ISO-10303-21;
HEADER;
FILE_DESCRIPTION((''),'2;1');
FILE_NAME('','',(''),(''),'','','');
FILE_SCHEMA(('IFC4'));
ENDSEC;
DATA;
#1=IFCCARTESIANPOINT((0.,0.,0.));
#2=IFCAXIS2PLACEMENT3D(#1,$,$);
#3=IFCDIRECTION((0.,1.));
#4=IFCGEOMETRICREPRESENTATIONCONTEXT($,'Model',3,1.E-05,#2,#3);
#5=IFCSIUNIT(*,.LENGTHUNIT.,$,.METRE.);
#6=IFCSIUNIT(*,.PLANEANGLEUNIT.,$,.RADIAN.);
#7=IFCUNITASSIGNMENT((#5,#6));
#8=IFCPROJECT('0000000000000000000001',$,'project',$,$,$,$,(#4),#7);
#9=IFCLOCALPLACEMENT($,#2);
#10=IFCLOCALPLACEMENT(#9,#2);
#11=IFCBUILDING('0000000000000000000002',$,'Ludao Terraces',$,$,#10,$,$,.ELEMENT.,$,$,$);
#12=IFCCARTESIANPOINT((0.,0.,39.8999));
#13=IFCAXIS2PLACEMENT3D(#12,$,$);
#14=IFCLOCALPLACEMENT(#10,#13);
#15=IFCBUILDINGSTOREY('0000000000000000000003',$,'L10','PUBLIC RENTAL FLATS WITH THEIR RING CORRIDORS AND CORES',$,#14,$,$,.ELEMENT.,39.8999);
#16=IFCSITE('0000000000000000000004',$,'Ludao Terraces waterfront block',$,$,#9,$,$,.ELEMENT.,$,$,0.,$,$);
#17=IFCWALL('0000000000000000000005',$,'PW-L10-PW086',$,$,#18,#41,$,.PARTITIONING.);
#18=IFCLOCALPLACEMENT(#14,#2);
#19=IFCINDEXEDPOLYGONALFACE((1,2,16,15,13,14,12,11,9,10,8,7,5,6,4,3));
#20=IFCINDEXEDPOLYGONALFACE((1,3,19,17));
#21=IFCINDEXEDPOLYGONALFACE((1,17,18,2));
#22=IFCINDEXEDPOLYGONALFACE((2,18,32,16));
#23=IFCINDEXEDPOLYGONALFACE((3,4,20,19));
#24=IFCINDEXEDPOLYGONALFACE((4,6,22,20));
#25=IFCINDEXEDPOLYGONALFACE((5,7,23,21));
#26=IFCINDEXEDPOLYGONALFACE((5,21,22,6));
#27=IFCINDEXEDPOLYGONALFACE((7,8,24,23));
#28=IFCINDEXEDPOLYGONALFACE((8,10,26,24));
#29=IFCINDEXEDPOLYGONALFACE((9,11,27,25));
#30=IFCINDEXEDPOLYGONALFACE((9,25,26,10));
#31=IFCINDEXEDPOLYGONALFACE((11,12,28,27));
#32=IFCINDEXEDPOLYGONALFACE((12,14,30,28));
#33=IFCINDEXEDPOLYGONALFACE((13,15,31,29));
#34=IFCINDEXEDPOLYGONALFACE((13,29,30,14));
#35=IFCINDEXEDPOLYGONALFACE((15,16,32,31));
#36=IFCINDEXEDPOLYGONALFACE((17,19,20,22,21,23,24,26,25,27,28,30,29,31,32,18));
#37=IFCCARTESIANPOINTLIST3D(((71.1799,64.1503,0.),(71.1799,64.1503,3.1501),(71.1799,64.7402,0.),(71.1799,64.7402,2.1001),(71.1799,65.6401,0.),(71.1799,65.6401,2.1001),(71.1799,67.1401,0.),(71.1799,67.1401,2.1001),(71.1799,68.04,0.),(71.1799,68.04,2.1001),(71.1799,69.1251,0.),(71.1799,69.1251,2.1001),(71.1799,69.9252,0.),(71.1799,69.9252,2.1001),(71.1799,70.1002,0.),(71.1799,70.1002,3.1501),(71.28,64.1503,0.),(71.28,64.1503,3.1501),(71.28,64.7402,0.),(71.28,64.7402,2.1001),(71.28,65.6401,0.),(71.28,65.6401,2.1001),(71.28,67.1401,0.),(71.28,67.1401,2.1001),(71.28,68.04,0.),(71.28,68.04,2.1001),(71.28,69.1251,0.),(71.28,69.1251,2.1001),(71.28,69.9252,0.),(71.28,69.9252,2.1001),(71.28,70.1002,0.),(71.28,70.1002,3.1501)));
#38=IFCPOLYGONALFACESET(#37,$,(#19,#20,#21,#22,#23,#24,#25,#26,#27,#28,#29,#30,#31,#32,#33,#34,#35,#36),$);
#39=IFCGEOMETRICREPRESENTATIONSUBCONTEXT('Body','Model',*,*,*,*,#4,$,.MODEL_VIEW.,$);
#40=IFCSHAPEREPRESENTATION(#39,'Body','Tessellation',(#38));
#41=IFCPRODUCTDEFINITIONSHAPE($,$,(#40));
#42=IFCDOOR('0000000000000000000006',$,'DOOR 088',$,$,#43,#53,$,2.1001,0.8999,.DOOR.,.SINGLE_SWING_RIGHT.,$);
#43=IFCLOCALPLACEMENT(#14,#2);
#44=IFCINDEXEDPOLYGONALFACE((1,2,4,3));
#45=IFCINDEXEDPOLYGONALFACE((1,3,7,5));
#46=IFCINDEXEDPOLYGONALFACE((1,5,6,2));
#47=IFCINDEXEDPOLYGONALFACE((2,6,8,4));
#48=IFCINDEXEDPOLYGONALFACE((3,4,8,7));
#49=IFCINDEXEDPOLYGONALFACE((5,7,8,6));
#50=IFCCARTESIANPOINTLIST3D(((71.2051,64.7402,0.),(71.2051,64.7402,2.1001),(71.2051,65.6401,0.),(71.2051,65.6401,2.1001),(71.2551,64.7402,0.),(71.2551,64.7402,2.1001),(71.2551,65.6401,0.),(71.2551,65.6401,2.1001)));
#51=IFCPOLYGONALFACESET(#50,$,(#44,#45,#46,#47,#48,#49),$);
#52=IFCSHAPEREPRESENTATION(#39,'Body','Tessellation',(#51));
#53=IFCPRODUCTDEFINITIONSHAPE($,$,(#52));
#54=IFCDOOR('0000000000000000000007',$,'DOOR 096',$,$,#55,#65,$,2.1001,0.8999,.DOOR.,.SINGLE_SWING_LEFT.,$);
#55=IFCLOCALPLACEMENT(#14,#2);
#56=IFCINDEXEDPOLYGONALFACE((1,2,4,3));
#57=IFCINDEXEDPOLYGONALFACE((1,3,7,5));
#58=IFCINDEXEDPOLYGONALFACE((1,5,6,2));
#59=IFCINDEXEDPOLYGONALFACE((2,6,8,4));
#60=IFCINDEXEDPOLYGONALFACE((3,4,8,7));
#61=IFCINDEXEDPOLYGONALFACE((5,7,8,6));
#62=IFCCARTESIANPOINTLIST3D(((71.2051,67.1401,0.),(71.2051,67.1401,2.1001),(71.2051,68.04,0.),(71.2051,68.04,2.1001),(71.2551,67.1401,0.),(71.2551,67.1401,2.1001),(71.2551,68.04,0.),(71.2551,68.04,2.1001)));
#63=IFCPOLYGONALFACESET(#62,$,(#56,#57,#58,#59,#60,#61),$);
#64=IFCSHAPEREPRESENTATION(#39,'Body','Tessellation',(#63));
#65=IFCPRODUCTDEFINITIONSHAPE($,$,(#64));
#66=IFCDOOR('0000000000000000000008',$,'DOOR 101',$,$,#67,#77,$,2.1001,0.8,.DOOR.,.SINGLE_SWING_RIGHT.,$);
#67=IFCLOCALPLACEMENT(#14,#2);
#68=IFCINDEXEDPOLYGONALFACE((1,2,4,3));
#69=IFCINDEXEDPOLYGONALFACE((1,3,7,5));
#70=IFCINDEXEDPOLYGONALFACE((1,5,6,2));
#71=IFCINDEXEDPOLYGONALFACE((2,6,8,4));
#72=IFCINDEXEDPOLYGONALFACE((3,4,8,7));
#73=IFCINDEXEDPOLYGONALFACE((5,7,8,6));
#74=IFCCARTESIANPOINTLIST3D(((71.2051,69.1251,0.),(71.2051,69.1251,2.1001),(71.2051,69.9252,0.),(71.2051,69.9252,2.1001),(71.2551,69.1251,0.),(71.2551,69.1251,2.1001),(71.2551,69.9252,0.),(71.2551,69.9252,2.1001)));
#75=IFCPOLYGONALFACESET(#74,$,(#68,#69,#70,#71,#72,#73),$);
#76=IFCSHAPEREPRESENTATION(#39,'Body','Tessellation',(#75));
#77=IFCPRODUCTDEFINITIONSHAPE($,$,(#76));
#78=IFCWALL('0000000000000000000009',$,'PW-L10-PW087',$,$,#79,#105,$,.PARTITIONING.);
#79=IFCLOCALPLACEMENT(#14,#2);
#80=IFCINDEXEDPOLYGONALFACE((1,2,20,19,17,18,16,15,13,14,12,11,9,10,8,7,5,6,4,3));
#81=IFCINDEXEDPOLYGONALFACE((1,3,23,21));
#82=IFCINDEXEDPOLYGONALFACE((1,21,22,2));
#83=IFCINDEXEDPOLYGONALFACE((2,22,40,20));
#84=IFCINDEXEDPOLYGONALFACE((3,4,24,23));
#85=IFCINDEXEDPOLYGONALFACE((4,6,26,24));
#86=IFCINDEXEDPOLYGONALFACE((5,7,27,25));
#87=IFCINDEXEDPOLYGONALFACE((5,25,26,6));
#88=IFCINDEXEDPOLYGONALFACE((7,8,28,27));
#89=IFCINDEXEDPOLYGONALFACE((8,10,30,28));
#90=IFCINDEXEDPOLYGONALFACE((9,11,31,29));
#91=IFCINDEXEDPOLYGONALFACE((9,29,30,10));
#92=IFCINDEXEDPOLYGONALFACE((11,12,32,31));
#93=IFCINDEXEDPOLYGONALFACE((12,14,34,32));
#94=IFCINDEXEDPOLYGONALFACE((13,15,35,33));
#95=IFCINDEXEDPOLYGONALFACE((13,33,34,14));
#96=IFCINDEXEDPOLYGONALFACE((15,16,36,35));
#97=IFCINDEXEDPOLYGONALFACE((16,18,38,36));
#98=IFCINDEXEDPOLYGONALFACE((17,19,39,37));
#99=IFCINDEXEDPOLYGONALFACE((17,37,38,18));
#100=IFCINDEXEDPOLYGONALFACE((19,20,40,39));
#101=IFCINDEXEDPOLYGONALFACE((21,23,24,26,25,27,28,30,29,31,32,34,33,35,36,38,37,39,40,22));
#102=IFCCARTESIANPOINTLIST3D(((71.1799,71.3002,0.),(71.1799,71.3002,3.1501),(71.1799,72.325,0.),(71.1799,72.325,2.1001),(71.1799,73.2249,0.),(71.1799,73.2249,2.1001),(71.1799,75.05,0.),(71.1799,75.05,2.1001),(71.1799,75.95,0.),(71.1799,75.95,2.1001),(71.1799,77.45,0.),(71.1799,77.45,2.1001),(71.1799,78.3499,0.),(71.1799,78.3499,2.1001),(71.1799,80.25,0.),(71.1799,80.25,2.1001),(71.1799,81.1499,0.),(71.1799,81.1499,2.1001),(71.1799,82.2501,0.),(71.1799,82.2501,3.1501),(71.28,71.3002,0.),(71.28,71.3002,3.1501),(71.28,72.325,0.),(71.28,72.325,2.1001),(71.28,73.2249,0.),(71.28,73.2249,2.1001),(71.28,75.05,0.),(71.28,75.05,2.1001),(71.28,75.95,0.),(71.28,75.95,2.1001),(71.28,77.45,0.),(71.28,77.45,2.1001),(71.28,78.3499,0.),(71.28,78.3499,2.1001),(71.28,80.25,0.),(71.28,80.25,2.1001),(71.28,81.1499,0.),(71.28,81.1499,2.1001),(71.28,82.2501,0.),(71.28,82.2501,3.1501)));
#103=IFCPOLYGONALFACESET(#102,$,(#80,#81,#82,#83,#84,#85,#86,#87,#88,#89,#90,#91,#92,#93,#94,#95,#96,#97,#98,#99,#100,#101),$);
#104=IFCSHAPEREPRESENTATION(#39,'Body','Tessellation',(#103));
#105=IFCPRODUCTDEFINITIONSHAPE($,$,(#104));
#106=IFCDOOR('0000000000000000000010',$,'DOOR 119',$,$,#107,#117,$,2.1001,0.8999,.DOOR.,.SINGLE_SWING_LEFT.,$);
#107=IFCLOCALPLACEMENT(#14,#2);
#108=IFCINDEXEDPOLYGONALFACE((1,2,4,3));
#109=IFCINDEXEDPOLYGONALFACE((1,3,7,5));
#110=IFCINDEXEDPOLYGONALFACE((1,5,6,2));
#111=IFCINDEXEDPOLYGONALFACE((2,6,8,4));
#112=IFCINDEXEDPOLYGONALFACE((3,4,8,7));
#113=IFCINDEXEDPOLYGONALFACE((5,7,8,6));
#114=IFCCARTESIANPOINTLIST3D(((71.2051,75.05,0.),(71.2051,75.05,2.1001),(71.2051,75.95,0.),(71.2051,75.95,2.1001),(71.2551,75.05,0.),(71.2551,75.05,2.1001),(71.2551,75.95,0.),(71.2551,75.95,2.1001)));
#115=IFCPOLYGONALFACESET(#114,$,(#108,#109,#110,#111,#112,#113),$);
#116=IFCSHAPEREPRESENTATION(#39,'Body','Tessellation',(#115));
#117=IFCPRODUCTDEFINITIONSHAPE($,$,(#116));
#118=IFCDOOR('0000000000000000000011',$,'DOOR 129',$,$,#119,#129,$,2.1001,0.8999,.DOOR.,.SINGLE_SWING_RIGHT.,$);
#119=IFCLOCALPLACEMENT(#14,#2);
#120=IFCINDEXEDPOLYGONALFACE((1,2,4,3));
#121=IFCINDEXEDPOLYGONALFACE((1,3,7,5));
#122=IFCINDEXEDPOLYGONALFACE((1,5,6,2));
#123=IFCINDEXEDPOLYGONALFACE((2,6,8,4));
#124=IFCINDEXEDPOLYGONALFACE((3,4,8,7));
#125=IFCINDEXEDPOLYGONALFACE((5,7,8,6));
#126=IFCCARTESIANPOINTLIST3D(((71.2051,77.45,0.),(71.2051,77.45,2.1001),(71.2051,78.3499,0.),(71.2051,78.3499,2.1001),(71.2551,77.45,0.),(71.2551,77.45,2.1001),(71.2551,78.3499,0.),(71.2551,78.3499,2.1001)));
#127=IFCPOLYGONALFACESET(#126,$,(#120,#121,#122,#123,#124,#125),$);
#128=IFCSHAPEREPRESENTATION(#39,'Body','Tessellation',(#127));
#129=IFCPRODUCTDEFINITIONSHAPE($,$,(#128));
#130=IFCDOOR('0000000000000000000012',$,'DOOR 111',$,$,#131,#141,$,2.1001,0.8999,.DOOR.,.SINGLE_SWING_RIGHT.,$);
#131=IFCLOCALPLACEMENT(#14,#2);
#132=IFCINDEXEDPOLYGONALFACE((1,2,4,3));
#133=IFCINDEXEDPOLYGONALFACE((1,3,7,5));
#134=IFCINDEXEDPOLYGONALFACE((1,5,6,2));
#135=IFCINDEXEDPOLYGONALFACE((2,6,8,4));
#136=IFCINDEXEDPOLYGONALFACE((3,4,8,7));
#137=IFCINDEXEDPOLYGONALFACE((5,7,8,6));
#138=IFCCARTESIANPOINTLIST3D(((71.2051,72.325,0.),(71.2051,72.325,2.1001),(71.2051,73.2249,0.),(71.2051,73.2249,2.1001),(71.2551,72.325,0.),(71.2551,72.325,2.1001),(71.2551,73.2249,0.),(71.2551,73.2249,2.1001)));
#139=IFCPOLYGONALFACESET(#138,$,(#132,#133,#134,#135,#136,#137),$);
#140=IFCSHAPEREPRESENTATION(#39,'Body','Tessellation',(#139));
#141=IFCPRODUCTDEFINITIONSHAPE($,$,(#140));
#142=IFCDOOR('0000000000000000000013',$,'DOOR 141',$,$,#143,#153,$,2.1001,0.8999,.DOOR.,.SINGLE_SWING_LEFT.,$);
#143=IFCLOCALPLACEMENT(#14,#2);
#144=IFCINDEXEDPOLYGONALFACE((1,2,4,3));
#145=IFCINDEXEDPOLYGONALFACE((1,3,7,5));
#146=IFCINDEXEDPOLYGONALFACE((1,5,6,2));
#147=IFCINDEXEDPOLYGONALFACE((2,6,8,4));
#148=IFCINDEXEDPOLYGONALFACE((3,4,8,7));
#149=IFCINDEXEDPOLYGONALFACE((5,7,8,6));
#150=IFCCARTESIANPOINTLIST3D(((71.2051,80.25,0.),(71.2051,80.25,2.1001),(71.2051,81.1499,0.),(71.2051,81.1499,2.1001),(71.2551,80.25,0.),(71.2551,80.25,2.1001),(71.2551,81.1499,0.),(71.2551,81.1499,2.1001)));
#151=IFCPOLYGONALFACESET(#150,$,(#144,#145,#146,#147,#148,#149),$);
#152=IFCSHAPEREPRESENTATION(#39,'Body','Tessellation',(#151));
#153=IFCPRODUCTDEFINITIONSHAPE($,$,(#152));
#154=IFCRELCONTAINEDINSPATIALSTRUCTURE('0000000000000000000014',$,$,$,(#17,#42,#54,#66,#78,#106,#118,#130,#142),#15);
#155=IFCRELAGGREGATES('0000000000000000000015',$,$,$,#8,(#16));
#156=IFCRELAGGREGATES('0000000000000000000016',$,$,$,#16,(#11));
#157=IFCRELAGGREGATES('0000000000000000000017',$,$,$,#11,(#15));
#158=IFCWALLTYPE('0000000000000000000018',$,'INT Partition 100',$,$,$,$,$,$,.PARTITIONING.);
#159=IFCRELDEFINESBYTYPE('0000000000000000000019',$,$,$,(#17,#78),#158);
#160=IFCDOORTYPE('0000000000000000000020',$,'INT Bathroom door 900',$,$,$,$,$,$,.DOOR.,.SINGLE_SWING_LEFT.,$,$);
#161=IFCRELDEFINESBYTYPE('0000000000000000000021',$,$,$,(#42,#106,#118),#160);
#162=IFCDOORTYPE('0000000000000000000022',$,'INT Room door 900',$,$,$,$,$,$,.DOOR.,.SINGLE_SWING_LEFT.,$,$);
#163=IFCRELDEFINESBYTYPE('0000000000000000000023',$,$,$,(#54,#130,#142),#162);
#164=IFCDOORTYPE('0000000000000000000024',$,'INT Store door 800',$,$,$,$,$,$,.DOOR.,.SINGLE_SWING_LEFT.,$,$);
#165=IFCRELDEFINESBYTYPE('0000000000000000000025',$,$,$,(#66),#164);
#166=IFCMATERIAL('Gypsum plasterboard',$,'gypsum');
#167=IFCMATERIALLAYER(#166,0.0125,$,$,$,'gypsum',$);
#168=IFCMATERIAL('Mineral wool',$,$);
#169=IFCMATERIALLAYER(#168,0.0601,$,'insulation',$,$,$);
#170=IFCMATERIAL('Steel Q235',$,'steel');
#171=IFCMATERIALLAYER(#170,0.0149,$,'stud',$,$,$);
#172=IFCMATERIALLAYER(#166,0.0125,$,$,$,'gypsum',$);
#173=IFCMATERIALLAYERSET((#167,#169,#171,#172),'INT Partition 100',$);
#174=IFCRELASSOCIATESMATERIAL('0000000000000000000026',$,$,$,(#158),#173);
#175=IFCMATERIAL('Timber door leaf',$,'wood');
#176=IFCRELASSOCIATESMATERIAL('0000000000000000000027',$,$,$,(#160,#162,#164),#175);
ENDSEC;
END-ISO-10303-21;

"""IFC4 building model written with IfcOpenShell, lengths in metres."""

from ifc_helpers import new_model, si_unit, direction, frame, frame_2d, origin, place, context, subcontext, project, spatial, rectangle, extrude, material, layer, layer_set, type_object, element, fill, save


model = new_model("IFC4")

# Units and contexts
model_context = context("Model", 3, precision=1e-05, world=origin(), true_north=direction((0.0, 1.0)))
body_context = subcontext(model_context, "Body", "Model", "MODEL_VIEW")
ifc_project = project(units=[si_unit("LENGTHUNIT", "METRE"), si_unit("PLANEANGLEUNIT", "RADIAN")], contexts=[model_context])

# Site, building, storey
site_placement = place(None, origin())
site = spatial("IfcSite", under=ifc_project, at=site_placement, Name="Ludao Terraces waterfront block", CompositionType="ELEMENT", RefElevation=0.0)
building_placement = place(site_placement, origin())
building = spatial("IfcBuilding", under=site, at=building_placement, Name="Ludao Terraces", CompositionType="ELEMENT")
storey_placement = place(building_placement, frame((0.0, 0.0, 39.8999)))
storey = spatial("IfcBuildingStorey", under=building, at=storey_placement, Name="L10", Description="PUBLIC RENTAL FLATS WITH THEIR RING CORRIDORS AND CORES", CompositionType="ELEMENT", Elevation=39.8999)

# Shared definitions
ifc_material_1 = material(Name="Mineral wool")
ifc_material_2 = material(Name="Steel Q235", Category="steel")
ifc_material_3 = material(Name="Gypsum plasterboard", Category="gypsum")
ifc_layer_1 = layer(ifc_material_3, 0.0125, Category="gypsum")
ifc_layer_2 = layer(ifc_material_1, 0.0601, Name="insulation")
ifc_layer_3 = layer(ifc_material_2, 0.0149, Name="stud")
ifc_layer_4 = layer(ifc_material_3, 0.0125, Category="gypsum")
ifc_layer_set_1 = layer_set([ifc_layer_1, ifc_layer_2, ifc_layer_3, ifc_layer_4], Name="INT Partition 100")
wall_type_1 = type_object("IfcWallType", Name="INT Partition 100", PredefinedType="PARTITIONING", material=ifc_layer_set_1)

# Walls, openings, doors
wall_1_placement = place(storey_placement, frame((71.23, 64.1501, 0.0), z_axis=(0.0, 0.0, 1.0), x_axis=(0.0, 1.0, 0.0)))
wall_1 = element("IfcWall", 1, at=wall_1_placement, inside=storey, type_object=wall_type_1, Name="PW-L10-PW086", PredefinedType="PARTITIONING", context=body_context, shape_type="SweptSolid", body=[
    extrude(rectangle(XDim=5.95, YDim=0.1001, at=frame_2d((2.9751, 0.0))), origin(), (0.0, 0.0, 1.0), 3.1501),
])
opening_1_placement = place(wall_1_placement, frame((0.5901, 0.0, 0.0)))
opening_1 = element("IfcOpeningElement", 2, at=opening_1_placement, cuts=wall_1, PredefinedType="OPENING", context=body_context, shape_type="SweptSolid", body=[
    extrude(rectangle(XDim=0.8999, YDim=2.1001, at=frame_2d((0.45, 1.05))), frame((0.0, 0.0601, 0.0), z_axis=(0.0, -1.0, 0.0), x_axis=(1.0, 0.0, 0.0)), (0.0, 0.0, 1.0), 0.1201),
])
opening_2_placement = place(wall_1_placement, frame((2.99, 0.0, 0.0)))
opening_2 = element("IfcOpeningElement", 3, at=opening_2_placement, cuts=wall_1, PredefinedType="OPENING", context=body_context, shape_type="SweptSolid", body=[
    extrude(rectangle(XDim=0.8999, YDim=2.1001, at=frame_2d((0.45, 1.05))), frame((0.0, 0.0601, 0.0), z_axis=(0.0, -1.0, 0.0), x_axis=(1.0, 0.0, 0.0)), (0.0, 0.0, 1.0), 0.1201),
])
opening_3_placement = place(wall_1_placement, frame((4.9751, 0.0, 0.0)))
opening_3 = element("IfcOpeningElement", 4, at=opening_3_placement, cuts=wall_1, PredefinedType="OPENING", context=body_context, shape_type="SweptSolid", body=[
    extrude(rectangle(XDim=0.8, YDim=2.1001, at=frame_2d((0.3999, 1.05))), frame((0.0, 0.0601, 0.0), z_axis=(0.0, -1.0, 0.0), x_axis=(1.0, 0.0, 0.0)), (0.0, 0.0, 1.0), 0.1201),
])
ifc_material_4 = material(Name="Timber door leaf", Category="wood")
door_type_1 = type_object("IfcDoorType", Name="INT Bathroom door 900", OperationType="SINGLE_SWING_LEFT", PredefinedType="DOOR", material=ifc_material_4)
door_1_placement = place(opening_1_placement, origin())
door_1 = element("IfcDoor", 5, at=door_1_placement, inside=storey, type_object=door_type_1, Name="DOOR 088", OperationType="SINGLE_SWING_RIGHT", OverallHeight=2.1001, OverallWidth=0.8999, PredefinedType="DOOR", context=body_context, shape_type="SweptSolid", body=[
    extrude(rectangle(XDim=0.8999, YDim=2.1001, at=frame_2d((0.45, 1.05))), frame((0.0, 0.0249, 0.0), z_axis=(0.0, -1.0, 0.0), x_axis=(1.0, 0.0, 0.0)), (0.0, 0.0, 1.0), 0.05),
])
fill(opening_1, door_1)
door_type_2 = type_object("IfcDoorType", Name="INT Room door 900", OperationType="SINGLE_SWING_LEFT", PredefinedType="DOOR", material=ifc_material_4)
door_2_placement = place(opening_2_placement, origin())
door_2 = element("IfcDoor", 6, at=door_2_placement, inside=storey, type_object=door_type_2, Name="DOOR 096", OperationType="SINGLE_SWING_LEFT", OverallHeight=2.1001, OverallWidth=0.8999, PredefinedType="DOOR", context=body_context, shape_type="SweptSolid", body=[
    extrude(rectangle(XDim=0.8999, YDim=2.1001, at=frame_2d((0.45, 1.05))), frame((0.0, 0.0249, 0.0), z_axis=(0.0, -1.0, 0.0), x_axis=(1.0, 0.0, 0.0)), (0.0, 0.0, 1.0), 0.05),
])
fill(opening_2, door_2)
door_type_3 = type_object("IfcDoorType", Name="INT Store door 800", OperationType="SINGLE_SWING_LEFT", PredefinedType="DOOR", material=ifc_material_4)
door_3_placement = place(opening_3_placement, origin())
door_3 = element("IfcDoor", 7, at=door_3_placement, inside=storey, type_object=door_type_3, Name="DOOR 101", OperationType="SINGLE_SWING_RIGHT", OverallHeight=2.1001, OverallWidth=0.8, PredefinedType="DOOR", context=body_context, shape_type="SweptSolid", body=[
    extrude(rectangle(XDim=0.8, YDim=2.1001, at=frame_2d((0.3999, 1.05))), frame((0.0, 0.0249, 0.0), z_axis=(0.0, -1.0, 0.0), x_axis=(1.0, 0.0, 0.0)), (0.0, 0.0, 1.0), 0.05),
])
fill(opening_3, door_3)
wall_2_placement = place(storey_placement, frame((71.23, 71.3, 0.0), z_axis=(0.0, 0.0, 1.0), x_axis=(0.0, 1.0, 0.0)))
wall_2 = element("IfcWall", 8, at=wall_2_placement, inside=storey, type_object=wall_type_1, Name="PW-L10-PW087", PredefinedType="PARTITIONING", context=body_context, shape_type="SweptSolid", body=[
    extrude(rectangle(XDim=10.95, YDim=0.1001, at=frame_2d((5.4751, 0.0))), origin(), (0.0, 0.0, 1.0), 3.1501),
])
opening_4_placement = place(wall_2_placement, frame((1.0249, 0.0, 0.0)))
opening_4 = element("IfcOpeningElement", 9, at=opening_4_placement, cuts=wall_2, PredefinedType="OPENING", context=body_context, shape_type="SweptSolid", body=[
    extrude(rectangle(XDim=0.8999, YDim=2.1001, at=frame_2d((0.45, 1.05))), frame((0.0, 0.0601, 0.0), z_axis=(0.0, -1.0, 0.0), x_axis=(1.0, 0.0, 0.0)), (0.0, 0.0, 1.0), 0.1201),
])
opening_5_placement = place(wall_2_placement, frame((3.75, 0.0, 0.0)))
opening_5 = element("IfcOpeningElement", 10, at=opening_5_placement, cuts=wall_2, PredefinedType="OPENING", context=body_context, shape_type="SweptSolid", body=[
    extrude(rectangle(XDim=0.8999, YDim=2.1001, at=frame_2d((0.45, 1.05))), frame((0.0, 0.0601, 0.0), z_axis=(0.0, -1.0, 0.0), x_axis=(1.0, 0.0, 0.0)), (0.0, 0.0, 1.0), 0.1201),
])
opening_6_placement = place(wall_2_placement, frame((6.1499, 0.0, 0.0)))
opening_6 = element("IfcOpeningElement", 11, at=opening_6_placement, cuts=wall_2, PredefinedType="OPENING", context=body_context, shape_type="SweptSolid", body=[
    extrude(rectangle(XDim=0.8999, YDim=2.1001, at=frame_2d((0.45, 1.05))), frame((0.0, 0.0601, 0.0), z_axis=(0.0, -1.0, 0.0), x_axis=(1.0, 0.0, 0.0)), (0.0, 0.0, 1.0), 0.1201),
])
opening_7_placement = place(wall_2_placement, frame((8.95, 0.0, 0.0)))
opening_7 = element("IfcOpeningElement", 12, at=opening_7_placement, cuts=wall_2, PredefinedType="OPENING", context=body_context, shape_type="SweptSolid", body=[
    extrude(rectangle(XDim=0.8999, YDim=2.1001, at=frame_2d((0.45, 1.05))), frame((0.0, 0.0601, 0.0), z_axis=(0.0, -1.0, 0.0), x_axis=(1.0, 0.0, 0.0)), (0.0, 0.0, 1.0), 0.1201),
])
door_4_placement = place(opening_5_placement, origin())
door_4 = element("IfcDoor", 13, at=door_4_placement, inside=storey, type_object=door_type_1, Name="DOOR 119", OperationType="SINGLE_SWING_LEFT", OverallHeight=2.1001, OverallWidth=0.8999, PredefinedType="DOOR", context=body_context, shape_type="SweptSolid", body=[
    extrude(rectangle(XDim=0.8999, YDim=2.1001, at=frame_2d((0.45, 1.05))), frame((0.0, 0.0249, 0.0), z_axis=(0.0, -1.0, 0.0), x_axis=(1.0, 0.0, 0.0)), (0.0, 0.0, 1.0), 0.05),
])
fill(opening_5, door_4)
door_5_placement = place(opening_6_placement, origin())
door_5 = element("IfcDoor", 14, at=door_5_placement, inside=storey, type_object=door_type_1, Name="DOOR 129", OperationType="SINGLE_SWING_RIGHT", OverallHeight=2.1001, OverallWidth=0.8999, PredefinedType="DOOR", context=body_context, shape_type="SweptSolid", body=[
    extrude(rectangle(XDim=0.8999, YDim=2.1001, at=frame_2d((0.45, 1.05))), frame((0.0, 0.0249, 0.0), z_axis=(0.0, -1.0, 0.0), x_axis=(1.0, 0.0, 0.0)), (0.0, 0.0, 1.0), 0.05),
])
fill(opening_6, door_5)
door_6_placement = place(opening_4_placement, origin())
door_6 = element("IfcDoor", 15, at=door_6_placement, inside=storey, type_object=door_type_2, Name="DOOR 111", OperationType="SINGLE_SWING_RIGHT", OverallHeight=2.1001, OverallWidth=0.8999, PredefinedType="DOOR", context=body_context, shape_type="SweptSolid", body=[
    extrude(rectangle(XDim=0.8999, YDim=2.1001, at=frame_2d((0.45, 1.05))), frame((0.0, 0.0249, 0.0), z_axis=(0.0, -1.0, 0.0), x_axis=(1.0, 0.0, 0.0)), (0.0, 0.0, 1.0), 0.05),
])
fill(opening_4, door_6)
door_7_placement = place(opening_7_placement, origin())
door_7 = element("IfcDoor", 16, at=door_7_placement, inside=storey, type_object=door_type_2, Name="DOOR 141", OperationType="SINGLE_SWING_LEFT", OverallHeight=2.1001, OverallWidth=0.8999, PredefinedType="DOOR", context=body_context, shape_type="SweptSolid", body=[
    extrude(rectangle(XDim=0.8999, YDim=2.1001, at=frame_2d((0.45, 1.05))), frame((0.0, 0.0249, 0.0), z_axis=(0.0, -1.0, 0.0), x_axis=(1.0, 0.0, 0.0)), (0.0, 0.0, 1.0), 0.05),
])
fill(opening_7, door_7)

save(model, "model.ifc")
